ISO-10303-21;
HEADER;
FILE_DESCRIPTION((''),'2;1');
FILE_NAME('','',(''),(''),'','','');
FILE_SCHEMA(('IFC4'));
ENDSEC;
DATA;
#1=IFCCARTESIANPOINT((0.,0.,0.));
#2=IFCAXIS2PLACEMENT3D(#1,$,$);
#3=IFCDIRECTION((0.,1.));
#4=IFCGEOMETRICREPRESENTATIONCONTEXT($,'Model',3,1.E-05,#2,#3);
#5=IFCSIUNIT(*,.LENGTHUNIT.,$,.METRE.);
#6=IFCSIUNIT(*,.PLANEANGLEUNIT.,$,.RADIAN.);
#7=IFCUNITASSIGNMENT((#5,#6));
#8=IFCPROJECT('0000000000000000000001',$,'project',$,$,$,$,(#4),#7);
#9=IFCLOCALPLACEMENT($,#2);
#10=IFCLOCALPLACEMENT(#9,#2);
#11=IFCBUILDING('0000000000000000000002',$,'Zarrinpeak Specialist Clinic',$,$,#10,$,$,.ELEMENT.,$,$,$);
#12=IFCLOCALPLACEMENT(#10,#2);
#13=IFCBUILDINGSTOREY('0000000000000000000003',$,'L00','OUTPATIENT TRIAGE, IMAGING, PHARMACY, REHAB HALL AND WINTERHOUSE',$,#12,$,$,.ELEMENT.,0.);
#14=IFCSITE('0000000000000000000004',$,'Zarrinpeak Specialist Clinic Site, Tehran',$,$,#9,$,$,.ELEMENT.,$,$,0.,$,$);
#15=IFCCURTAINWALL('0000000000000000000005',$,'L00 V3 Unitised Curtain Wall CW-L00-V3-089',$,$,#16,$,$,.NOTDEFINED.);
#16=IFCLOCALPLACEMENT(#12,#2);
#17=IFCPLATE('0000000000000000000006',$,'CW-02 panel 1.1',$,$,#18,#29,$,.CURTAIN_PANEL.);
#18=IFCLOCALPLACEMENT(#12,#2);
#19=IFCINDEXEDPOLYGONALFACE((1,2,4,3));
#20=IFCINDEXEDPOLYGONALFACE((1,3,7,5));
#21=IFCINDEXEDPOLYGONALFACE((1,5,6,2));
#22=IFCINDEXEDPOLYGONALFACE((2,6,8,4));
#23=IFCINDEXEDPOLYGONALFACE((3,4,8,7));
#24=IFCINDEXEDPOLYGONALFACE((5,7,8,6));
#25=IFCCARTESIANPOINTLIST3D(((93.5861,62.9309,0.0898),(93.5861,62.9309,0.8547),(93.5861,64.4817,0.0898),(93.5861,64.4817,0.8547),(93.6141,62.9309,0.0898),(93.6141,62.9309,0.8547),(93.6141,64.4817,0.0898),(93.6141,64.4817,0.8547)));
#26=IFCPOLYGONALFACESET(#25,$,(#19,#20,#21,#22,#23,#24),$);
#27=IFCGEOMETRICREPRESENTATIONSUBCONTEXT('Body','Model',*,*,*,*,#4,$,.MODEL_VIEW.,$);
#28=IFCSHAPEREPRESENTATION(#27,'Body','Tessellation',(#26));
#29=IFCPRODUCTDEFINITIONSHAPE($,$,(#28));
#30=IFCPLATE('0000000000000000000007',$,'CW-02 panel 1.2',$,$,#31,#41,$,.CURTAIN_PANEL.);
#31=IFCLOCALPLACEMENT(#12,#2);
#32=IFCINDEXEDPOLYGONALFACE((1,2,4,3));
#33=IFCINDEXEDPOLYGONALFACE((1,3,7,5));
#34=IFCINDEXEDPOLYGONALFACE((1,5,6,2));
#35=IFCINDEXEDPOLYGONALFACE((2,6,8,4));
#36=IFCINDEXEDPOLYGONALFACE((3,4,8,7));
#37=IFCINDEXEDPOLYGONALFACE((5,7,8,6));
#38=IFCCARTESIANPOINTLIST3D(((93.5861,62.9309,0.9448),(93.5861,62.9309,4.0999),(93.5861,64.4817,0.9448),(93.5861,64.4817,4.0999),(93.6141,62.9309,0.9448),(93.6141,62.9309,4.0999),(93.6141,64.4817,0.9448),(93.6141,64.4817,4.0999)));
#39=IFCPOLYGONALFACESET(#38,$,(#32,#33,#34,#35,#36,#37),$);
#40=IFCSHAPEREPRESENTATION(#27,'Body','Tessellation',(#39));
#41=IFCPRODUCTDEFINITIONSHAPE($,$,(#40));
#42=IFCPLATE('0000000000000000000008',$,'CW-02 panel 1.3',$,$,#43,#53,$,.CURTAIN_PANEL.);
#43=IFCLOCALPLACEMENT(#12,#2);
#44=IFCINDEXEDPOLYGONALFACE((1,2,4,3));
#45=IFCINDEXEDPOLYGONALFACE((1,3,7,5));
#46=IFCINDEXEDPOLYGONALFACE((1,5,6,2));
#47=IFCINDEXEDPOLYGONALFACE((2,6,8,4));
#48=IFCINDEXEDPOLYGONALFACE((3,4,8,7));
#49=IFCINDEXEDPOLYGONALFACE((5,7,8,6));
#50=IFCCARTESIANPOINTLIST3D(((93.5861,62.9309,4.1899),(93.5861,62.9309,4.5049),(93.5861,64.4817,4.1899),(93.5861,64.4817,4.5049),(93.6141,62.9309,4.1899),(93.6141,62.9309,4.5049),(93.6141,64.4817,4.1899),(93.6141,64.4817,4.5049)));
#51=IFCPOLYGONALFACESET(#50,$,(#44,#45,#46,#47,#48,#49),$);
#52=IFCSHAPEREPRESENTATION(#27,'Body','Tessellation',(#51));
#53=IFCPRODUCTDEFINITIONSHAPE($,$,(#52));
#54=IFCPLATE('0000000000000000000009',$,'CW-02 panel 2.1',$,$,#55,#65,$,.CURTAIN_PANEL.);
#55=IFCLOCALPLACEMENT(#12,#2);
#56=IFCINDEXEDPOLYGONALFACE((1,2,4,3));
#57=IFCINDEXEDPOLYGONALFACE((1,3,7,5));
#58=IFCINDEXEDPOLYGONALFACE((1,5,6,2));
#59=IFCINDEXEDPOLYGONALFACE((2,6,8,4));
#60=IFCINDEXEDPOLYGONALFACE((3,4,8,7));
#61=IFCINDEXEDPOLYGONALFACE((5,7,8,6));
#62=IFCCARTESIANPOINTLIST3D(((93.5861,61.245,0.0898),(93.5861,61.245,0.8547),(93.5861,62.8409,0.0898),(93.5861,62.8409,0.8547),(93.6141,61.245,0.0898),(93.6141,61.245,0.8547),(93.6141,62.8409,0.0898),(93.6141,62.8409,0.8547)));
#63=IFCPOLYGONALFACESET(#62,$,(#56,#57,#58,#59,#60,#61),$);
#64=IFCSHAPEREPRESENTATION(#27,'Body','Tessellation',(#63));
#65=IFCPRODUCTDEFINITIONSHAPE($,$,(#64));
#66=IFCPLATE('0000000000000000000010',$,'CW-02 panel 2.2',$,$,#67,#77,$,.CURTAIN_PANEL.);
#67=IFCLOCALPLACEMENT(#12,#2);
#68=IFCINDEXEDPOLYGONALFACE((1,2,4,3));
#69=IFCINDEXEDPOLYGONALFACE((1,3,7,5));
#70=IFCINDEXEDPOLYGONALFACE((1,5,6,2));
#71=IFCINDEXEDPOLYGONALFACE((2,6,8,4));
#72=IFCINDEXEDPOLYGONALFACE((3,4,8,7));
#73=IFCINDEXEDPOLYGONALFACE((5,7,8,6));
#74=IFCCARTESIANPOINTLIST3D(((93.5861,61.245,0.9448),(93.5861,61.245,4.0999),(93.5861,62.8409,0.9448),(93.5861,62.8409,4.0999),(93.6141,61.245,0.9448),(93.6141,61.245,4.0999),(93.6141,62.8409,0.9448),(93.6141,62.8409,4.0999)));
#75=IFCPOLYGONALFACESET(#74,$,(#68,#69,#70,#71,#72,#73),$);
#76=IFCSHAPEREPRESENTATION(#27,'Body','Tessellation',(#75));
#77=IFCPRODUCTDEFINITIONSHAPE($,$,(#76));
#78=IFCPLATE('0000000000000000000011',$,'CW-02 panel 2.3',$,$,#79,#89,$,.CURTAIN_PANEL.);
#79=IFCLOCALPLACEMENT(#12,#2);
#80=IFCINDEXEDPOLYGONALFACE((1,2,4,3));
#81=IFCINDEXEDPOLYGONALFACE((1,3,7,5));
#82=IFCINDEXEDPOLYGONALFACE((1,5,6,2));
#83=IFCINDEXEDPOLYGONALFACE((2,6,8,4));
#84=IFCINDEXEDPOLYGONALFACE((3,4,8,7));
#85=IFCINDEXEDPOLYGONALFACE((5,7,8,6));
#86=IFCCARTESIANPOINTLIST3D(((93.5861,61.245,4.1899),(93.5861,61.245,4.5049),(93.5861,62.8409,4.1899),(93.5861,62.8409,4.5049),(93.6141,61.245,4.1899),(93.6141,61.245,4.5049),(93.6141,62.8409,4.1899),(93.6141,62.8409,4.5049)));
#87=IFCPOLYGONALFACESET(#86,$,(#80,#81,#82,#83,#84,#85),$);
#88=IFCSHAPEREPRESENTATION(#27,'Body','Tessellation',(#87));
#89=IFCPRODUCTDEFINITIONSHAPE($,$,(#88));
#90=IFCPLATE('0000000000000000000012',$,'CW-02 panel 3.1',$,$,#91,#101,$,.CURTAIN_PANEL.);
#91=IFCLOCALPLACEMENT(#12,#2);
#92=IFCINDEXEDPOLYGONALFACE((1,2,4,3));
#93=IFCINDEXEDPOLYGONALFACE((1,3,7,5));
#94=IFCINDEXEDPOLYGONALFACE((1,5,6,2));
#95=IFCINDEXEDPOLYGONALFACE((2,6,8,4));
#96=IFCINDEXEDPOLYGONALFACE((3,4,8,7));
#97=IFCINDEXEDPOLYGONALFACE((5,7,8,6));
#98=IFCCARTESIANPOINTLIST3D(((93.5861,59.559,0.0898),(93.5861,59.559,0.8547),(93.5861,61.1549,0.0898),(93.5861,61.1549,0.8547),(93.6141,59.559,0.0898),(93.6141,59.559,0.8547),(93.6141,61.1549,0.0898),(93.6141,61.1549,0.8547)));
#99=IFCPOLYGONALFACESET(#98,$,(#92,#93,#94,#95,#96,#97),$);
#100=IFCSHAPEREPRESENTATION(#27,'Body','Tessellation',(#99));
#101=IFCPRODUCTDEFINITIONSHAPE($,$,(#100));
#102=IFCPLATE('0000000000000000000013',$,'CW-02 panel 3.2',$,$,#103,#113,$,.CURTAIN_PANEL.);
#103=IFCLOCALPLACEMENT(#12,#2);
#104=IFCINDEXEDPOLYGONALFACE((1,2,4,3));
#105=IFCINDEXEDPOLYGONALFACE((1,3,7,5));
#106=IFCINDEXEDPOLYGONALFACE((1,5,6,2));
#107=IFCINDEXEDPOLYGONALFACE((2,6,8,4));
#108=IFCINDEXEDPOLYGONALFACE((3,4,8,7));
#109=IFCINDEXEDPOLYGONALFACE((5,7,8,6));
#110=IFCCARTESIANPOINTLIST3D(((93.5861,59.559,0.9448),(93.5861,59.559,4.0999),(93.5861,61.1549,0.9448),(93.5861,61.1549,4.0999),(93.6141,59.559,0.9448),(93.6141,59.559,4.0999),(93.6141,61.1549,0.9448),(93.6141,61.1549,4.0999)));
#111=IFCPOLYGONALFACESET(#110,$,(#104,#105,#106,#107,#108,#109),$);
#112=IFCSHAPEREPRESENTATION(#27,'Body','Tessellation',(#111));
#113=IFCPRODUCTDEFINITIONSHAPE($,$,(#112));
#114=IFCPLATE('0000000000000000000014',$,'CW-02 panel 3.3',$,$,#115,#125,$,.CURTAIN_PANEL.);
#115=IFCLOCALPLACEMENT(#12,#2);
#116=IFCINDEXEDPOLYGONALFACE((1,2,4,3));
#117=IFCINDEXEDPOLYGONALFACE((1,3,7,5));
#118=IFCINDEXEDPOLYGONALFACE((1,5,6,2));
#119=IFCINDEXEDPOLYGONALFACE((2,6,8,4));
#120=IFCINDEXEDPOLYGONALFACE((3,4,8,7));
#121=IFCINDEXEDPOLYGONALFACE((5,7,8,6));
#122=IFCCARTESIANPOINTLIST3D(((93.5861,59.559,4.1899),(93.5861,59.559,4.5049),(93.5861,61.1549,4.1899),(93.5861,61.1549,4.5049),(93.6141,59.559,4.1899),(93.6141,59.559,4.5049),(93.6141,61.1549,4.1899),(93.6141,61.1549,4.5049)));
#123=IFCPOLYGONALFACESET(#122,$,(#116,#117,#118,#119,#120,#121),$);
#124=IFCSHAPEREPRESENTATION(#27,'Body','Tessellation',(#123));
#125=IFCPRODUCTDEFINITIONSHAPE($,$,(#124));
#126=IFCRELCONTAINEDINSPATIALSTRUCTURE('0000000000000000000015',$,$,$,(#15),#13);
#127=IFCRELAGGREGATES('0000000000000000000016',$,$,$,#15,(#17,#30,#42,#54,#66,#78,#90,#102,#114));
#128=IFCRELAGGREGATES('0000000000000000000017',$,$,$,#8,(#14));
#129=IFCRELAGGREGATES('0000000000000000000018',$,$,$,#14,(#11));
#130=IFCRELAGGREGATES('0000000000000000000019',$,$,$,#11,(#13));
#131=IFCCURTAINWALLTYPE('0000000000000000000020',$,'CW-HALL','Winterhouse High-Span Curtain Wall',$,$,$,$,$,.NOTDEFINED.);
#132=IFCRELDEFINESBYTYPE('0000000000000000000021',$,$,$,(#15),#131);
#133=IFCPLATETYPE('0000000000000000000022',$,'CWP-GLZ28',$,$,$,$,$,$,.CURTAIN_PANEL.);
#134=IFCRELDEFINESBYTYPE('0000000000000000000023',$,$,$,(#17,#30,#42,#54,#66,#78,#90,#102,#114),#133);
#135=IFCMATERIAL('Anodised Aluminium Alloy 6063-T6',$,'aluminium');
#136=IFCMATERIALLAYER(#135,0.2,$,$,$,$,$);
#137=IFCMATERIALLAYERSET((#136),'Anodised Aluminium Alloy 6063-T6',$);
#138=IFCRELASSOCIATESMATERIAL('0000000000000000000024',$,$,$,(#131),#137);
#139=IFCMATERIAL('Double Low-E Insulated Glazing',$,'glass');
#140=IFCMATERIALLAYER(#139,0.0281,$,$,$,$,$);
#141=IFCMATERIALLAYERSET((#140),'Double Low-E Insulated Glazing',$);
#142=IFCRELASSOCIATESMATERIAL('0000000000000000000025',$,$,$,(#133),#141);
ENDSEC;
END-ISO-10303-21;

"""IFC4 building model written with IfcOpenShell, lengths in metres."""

from ifc_helpers import new_model, si_unit, direction, frame, origin, origin_2d, place, context, subcontext, project, spatial, rectangle, extrude, material, layer, layer_set, type_object, element, aggregate, save


model = new_model("IFC4")

# Units and contexts
model_context = context("Model", 3, precision=1e-05, world=origin(), true_north=direction((0.0, 1.0)))
body_context = subcontext(model_context, "Body", "Model", "MODEL_VIEW")
ifc_project = project(units=[si_unit("LENGTHUNIT", "METRE"), si_unit("PLANEANGLEUNIT", "RADIAN")], contexts=[model_context])

# Site, building, storey
site_placement = place(None, origin())
site = spatial("IfcSite", under=ifc_project, at=site_placement, Name="Zarrinpeak Specialist Clinic Site, Tehran", CompositionType="ELEMENT", RefElevation=0.0)
building_placement = place(site_placement, origin())
building = spatial("IfcBuilding", under=site, at=building_placement, Name="Zarrinpeak Specialist Clinic", CompositionType="ELEMENT")
storey_placement = place(building_placement, origin())
storey = spatial("IfcBuildingStorey", under=building, at=storey_placement, Name="L00", Description="OUTPATIENT TRIAGE, IMAGING, PHARMACY, REHAB HALL AND WINTERHOUSE", CompositionType="ELEMENT", Elevation=0.0)

# Curtain wall, plates
ifc_material_1 = material(Name="Anodised Aluminium Alloy 6063-T6", Category="aluminium")
ifc_layer_1 = layer(ifc_material_1, 0.2)
ifc_layer_set_1 = layer_set([ifc_layer_1], Name="Anodised Aluminium Alloy 6063-T6")
curtain_wall_type = type_object("IfcCurtainWallType", Name="CW-HALL", Description="Winterhouse High-Span Curtain Wall", PredefinedType="NOTDEFINED", material=ifc_layer_set_1)
curtain_wall_placement = place(storey_placement, origin())
curtain_wall = element("IfcCurtainWall", 1, at=curtain_wall_placement, inside=storey, type_object=curtain_wall_type, Name="L00 V3 Unitised Curtain Wall CW-L00-V3-089", PredefinedType="NOTDEFINED")
ifc_material_2 = material(Name="Double Low-E Insulated Glazing", Category="glass")
ifc_layer_2 = layer(ifc_material_2, 0.0281)
ifc_layer_set_2 = layer_set([ifc_layer_2], Name="Double Low-E Insulated Glazing")
plate_type = type_object("IfcPlateType", Name="CWP-GLZ28", PredefinedType="CURTAIN_PANEL", material=ifc_layer_set_2)
plate_1_placement = place(storey_placement, frame((93.6001, 63.7063, 0.0898), z_axis=(0.0, 0.0, 1.0), x_axis=(0.0, -1.0, 0.0)))
plate_1 = element("IfcPlate", 2, at=plate_1_placement, type_object=plate_type, Name="CW-02 panel 1.1", PredefinedType="CURTAIN_PANEL", context=body_context, shape_type="SweptSolid", body=[
    extrude(rectangle(XDim=1.5508, YDim=0.0281, at=origin_2d()), origin(), (0.0, 0.0, 1.0), 0.7649),
])
plate_2_placement = place(storey_placement, frame((93.6001, 63.7063, 0.9448), z_axis=(0.0, 0.0, 1.0), x_axis=(0.0, -1.0, 0.0)))
plate_2 = element("IfcPlate", 3, at=plate_2_placement, type_object=plate_type, Name="CW-02 panel 1.2", PredefinedType="CURTAIN_PANEL", context=body_context, shape_type="SweptSolid", body=[
    extrude(rectangle(XDim=1.5508, YDim=0.0281, at=origin_2d()), origin(), (0.0, 0.0, 1.0), 3.155),
])
plate_3_placement = place(storey_placement, frame((93.6001, 63.7063, 4.1899), z_axis=(0.0, 0.0, 1.0), x_axis=(0.0, -1.0, 0.0)))
plate_3 = element("IfcPlate", 4, at=plate_3_placement, type_object=plate_type, Name="CW-02 panel 1.3", PredefinedType="CURTAIN_PANEL", context=body_context, shape_type="SweptSolid", body=[
    extrude(rectangle(XDim=1.5508, YDim=0.0281, at=origin_2d()), origin(), (0.0, 0.0, 1.0), 0.3149),
])
plate_4_placement = place(storey_placement, frame((93.6001, 62.043, 0.0898), z_axis=(0.0, 0.0, 1.0), x_axis=(0.0, -1.0, 0.0)))
plate_4 = element("IfcPlate", 5, at=plate_4_placement, type_object=plate_type, Name="CW-02 panel 2.1", PredefinedType="CURTAIN_PANEL", context=body_context, shape_type="SweptSolid", body=[
    extrude(rectangle(XDim=1.5959, YDim=0.0281, at=origin_2d()), origin(), (0.0, 0.0, 1.0), 0.7649),
])
plate_5_placement = place(storey_placement, frame((93.6001, 62.043, 0.9448), z_axis=(0.0, 0.0, 1.0), x_axis=(0.0, -1.0, 0.0)))
plate_5 = element("IfcPlate", 6, at=plate_5_placement, type_object=plate_type, Name="CW-02 panel 2.2", PredefinedType="CURTAIN_PANEL", context=body_context, shape_type="SweptSolid", body=[
    extrude(rectangle(XDim=1.5959, YDim=0.0281, at=origin_2d()), origin(), (0.0, 0.0, 1.0), 3.155),
])
plate_6_placement = place(storey_placement, frame((93.6001, 62.043, 4.1899), z_axis=(0.0, 0.0, 1.0), x_axis=(0.0, -1.0, 0.0)))
plate_6 = element("IfcPlate", 7, at=plate_6_placement, type_object=plate_type, Name="CW-02 panel 2.3", PredefinedType="CURTAIN_PANEL", context=body_context, shape_type="SweptSolid", body=[
    extrude(rectangle(XDim=1.5959, YDim=0.0281, at=origin_2d()), origin(), (0.0, 0.0, 1.0), 0.3149),
])
plate_7_placement = place(storey_placement, frame((93.6001, 60.3569, 0.0898), z_axis=(0.0, 0.0, 1.0), x_axis=(0.0, -1.0, 0.0)))
plate_7 = element("IfcPlate", 8, at=plate_7_placement, type_object=plate_type, Name="CW-02 panel 3.1", PredefinedType="CURTAIN_PANEL", context=body_context, shape_type="SweptSolid", body=[
    extrude(rectangle(XDim=1.5959, YDim=0.0281, at=origin_2d()), origin(), (0.0, 0.0, 1.0), 0.7649),
])
plate_8_placement = place(storey_placement, frame((93.6001, 60.3569, 0.9448), z_axis=(0.0, 0.0, 1.0), x_axis=(0.0, -1.0, 0.0)))
plate_8 = element("IfcPlate", 9, at=plate_8_placement, type_object=plate_type, Name="CW-02 panel 3.2", PredefinedType="CURTAIN_PANEL", context=body_context, shape_type="SweptSolid", body=[
    extrude(rectangle(XDim=1.5959, YDim=0.0281, at=origin_2d()), origin(), (0.0, 0.0, 1.0), 3.155),
])
plate_9_placement = place(storey_placement, frame((93.6001, 60.3569, 4.1899), z_axis=(0.0, 0.0, 1.0), x_axis=(0.0, -1.0, 0.0)))
plate_9 = element("IfcPlate", 10, at=plate_9_placement, type_object=plate_type, Name="CW-02 panel 3.3", PredefinedType="CURTAIN_PANEL", context=body_context, shape_type="SweptSolid", body=[
    extrude(rectangle(XDim=1.5959, YDim=0.0281, at=origin_2d()), origin(), (0.0, 0.0, 1.0), 0.3149),
])
aggregate(curtain_wall, [plate_1, plate_2, plate_3, plate_4, plate_5, plate_6, plate_7, plate_8, plate_9])

save(model, "model.ifc")
